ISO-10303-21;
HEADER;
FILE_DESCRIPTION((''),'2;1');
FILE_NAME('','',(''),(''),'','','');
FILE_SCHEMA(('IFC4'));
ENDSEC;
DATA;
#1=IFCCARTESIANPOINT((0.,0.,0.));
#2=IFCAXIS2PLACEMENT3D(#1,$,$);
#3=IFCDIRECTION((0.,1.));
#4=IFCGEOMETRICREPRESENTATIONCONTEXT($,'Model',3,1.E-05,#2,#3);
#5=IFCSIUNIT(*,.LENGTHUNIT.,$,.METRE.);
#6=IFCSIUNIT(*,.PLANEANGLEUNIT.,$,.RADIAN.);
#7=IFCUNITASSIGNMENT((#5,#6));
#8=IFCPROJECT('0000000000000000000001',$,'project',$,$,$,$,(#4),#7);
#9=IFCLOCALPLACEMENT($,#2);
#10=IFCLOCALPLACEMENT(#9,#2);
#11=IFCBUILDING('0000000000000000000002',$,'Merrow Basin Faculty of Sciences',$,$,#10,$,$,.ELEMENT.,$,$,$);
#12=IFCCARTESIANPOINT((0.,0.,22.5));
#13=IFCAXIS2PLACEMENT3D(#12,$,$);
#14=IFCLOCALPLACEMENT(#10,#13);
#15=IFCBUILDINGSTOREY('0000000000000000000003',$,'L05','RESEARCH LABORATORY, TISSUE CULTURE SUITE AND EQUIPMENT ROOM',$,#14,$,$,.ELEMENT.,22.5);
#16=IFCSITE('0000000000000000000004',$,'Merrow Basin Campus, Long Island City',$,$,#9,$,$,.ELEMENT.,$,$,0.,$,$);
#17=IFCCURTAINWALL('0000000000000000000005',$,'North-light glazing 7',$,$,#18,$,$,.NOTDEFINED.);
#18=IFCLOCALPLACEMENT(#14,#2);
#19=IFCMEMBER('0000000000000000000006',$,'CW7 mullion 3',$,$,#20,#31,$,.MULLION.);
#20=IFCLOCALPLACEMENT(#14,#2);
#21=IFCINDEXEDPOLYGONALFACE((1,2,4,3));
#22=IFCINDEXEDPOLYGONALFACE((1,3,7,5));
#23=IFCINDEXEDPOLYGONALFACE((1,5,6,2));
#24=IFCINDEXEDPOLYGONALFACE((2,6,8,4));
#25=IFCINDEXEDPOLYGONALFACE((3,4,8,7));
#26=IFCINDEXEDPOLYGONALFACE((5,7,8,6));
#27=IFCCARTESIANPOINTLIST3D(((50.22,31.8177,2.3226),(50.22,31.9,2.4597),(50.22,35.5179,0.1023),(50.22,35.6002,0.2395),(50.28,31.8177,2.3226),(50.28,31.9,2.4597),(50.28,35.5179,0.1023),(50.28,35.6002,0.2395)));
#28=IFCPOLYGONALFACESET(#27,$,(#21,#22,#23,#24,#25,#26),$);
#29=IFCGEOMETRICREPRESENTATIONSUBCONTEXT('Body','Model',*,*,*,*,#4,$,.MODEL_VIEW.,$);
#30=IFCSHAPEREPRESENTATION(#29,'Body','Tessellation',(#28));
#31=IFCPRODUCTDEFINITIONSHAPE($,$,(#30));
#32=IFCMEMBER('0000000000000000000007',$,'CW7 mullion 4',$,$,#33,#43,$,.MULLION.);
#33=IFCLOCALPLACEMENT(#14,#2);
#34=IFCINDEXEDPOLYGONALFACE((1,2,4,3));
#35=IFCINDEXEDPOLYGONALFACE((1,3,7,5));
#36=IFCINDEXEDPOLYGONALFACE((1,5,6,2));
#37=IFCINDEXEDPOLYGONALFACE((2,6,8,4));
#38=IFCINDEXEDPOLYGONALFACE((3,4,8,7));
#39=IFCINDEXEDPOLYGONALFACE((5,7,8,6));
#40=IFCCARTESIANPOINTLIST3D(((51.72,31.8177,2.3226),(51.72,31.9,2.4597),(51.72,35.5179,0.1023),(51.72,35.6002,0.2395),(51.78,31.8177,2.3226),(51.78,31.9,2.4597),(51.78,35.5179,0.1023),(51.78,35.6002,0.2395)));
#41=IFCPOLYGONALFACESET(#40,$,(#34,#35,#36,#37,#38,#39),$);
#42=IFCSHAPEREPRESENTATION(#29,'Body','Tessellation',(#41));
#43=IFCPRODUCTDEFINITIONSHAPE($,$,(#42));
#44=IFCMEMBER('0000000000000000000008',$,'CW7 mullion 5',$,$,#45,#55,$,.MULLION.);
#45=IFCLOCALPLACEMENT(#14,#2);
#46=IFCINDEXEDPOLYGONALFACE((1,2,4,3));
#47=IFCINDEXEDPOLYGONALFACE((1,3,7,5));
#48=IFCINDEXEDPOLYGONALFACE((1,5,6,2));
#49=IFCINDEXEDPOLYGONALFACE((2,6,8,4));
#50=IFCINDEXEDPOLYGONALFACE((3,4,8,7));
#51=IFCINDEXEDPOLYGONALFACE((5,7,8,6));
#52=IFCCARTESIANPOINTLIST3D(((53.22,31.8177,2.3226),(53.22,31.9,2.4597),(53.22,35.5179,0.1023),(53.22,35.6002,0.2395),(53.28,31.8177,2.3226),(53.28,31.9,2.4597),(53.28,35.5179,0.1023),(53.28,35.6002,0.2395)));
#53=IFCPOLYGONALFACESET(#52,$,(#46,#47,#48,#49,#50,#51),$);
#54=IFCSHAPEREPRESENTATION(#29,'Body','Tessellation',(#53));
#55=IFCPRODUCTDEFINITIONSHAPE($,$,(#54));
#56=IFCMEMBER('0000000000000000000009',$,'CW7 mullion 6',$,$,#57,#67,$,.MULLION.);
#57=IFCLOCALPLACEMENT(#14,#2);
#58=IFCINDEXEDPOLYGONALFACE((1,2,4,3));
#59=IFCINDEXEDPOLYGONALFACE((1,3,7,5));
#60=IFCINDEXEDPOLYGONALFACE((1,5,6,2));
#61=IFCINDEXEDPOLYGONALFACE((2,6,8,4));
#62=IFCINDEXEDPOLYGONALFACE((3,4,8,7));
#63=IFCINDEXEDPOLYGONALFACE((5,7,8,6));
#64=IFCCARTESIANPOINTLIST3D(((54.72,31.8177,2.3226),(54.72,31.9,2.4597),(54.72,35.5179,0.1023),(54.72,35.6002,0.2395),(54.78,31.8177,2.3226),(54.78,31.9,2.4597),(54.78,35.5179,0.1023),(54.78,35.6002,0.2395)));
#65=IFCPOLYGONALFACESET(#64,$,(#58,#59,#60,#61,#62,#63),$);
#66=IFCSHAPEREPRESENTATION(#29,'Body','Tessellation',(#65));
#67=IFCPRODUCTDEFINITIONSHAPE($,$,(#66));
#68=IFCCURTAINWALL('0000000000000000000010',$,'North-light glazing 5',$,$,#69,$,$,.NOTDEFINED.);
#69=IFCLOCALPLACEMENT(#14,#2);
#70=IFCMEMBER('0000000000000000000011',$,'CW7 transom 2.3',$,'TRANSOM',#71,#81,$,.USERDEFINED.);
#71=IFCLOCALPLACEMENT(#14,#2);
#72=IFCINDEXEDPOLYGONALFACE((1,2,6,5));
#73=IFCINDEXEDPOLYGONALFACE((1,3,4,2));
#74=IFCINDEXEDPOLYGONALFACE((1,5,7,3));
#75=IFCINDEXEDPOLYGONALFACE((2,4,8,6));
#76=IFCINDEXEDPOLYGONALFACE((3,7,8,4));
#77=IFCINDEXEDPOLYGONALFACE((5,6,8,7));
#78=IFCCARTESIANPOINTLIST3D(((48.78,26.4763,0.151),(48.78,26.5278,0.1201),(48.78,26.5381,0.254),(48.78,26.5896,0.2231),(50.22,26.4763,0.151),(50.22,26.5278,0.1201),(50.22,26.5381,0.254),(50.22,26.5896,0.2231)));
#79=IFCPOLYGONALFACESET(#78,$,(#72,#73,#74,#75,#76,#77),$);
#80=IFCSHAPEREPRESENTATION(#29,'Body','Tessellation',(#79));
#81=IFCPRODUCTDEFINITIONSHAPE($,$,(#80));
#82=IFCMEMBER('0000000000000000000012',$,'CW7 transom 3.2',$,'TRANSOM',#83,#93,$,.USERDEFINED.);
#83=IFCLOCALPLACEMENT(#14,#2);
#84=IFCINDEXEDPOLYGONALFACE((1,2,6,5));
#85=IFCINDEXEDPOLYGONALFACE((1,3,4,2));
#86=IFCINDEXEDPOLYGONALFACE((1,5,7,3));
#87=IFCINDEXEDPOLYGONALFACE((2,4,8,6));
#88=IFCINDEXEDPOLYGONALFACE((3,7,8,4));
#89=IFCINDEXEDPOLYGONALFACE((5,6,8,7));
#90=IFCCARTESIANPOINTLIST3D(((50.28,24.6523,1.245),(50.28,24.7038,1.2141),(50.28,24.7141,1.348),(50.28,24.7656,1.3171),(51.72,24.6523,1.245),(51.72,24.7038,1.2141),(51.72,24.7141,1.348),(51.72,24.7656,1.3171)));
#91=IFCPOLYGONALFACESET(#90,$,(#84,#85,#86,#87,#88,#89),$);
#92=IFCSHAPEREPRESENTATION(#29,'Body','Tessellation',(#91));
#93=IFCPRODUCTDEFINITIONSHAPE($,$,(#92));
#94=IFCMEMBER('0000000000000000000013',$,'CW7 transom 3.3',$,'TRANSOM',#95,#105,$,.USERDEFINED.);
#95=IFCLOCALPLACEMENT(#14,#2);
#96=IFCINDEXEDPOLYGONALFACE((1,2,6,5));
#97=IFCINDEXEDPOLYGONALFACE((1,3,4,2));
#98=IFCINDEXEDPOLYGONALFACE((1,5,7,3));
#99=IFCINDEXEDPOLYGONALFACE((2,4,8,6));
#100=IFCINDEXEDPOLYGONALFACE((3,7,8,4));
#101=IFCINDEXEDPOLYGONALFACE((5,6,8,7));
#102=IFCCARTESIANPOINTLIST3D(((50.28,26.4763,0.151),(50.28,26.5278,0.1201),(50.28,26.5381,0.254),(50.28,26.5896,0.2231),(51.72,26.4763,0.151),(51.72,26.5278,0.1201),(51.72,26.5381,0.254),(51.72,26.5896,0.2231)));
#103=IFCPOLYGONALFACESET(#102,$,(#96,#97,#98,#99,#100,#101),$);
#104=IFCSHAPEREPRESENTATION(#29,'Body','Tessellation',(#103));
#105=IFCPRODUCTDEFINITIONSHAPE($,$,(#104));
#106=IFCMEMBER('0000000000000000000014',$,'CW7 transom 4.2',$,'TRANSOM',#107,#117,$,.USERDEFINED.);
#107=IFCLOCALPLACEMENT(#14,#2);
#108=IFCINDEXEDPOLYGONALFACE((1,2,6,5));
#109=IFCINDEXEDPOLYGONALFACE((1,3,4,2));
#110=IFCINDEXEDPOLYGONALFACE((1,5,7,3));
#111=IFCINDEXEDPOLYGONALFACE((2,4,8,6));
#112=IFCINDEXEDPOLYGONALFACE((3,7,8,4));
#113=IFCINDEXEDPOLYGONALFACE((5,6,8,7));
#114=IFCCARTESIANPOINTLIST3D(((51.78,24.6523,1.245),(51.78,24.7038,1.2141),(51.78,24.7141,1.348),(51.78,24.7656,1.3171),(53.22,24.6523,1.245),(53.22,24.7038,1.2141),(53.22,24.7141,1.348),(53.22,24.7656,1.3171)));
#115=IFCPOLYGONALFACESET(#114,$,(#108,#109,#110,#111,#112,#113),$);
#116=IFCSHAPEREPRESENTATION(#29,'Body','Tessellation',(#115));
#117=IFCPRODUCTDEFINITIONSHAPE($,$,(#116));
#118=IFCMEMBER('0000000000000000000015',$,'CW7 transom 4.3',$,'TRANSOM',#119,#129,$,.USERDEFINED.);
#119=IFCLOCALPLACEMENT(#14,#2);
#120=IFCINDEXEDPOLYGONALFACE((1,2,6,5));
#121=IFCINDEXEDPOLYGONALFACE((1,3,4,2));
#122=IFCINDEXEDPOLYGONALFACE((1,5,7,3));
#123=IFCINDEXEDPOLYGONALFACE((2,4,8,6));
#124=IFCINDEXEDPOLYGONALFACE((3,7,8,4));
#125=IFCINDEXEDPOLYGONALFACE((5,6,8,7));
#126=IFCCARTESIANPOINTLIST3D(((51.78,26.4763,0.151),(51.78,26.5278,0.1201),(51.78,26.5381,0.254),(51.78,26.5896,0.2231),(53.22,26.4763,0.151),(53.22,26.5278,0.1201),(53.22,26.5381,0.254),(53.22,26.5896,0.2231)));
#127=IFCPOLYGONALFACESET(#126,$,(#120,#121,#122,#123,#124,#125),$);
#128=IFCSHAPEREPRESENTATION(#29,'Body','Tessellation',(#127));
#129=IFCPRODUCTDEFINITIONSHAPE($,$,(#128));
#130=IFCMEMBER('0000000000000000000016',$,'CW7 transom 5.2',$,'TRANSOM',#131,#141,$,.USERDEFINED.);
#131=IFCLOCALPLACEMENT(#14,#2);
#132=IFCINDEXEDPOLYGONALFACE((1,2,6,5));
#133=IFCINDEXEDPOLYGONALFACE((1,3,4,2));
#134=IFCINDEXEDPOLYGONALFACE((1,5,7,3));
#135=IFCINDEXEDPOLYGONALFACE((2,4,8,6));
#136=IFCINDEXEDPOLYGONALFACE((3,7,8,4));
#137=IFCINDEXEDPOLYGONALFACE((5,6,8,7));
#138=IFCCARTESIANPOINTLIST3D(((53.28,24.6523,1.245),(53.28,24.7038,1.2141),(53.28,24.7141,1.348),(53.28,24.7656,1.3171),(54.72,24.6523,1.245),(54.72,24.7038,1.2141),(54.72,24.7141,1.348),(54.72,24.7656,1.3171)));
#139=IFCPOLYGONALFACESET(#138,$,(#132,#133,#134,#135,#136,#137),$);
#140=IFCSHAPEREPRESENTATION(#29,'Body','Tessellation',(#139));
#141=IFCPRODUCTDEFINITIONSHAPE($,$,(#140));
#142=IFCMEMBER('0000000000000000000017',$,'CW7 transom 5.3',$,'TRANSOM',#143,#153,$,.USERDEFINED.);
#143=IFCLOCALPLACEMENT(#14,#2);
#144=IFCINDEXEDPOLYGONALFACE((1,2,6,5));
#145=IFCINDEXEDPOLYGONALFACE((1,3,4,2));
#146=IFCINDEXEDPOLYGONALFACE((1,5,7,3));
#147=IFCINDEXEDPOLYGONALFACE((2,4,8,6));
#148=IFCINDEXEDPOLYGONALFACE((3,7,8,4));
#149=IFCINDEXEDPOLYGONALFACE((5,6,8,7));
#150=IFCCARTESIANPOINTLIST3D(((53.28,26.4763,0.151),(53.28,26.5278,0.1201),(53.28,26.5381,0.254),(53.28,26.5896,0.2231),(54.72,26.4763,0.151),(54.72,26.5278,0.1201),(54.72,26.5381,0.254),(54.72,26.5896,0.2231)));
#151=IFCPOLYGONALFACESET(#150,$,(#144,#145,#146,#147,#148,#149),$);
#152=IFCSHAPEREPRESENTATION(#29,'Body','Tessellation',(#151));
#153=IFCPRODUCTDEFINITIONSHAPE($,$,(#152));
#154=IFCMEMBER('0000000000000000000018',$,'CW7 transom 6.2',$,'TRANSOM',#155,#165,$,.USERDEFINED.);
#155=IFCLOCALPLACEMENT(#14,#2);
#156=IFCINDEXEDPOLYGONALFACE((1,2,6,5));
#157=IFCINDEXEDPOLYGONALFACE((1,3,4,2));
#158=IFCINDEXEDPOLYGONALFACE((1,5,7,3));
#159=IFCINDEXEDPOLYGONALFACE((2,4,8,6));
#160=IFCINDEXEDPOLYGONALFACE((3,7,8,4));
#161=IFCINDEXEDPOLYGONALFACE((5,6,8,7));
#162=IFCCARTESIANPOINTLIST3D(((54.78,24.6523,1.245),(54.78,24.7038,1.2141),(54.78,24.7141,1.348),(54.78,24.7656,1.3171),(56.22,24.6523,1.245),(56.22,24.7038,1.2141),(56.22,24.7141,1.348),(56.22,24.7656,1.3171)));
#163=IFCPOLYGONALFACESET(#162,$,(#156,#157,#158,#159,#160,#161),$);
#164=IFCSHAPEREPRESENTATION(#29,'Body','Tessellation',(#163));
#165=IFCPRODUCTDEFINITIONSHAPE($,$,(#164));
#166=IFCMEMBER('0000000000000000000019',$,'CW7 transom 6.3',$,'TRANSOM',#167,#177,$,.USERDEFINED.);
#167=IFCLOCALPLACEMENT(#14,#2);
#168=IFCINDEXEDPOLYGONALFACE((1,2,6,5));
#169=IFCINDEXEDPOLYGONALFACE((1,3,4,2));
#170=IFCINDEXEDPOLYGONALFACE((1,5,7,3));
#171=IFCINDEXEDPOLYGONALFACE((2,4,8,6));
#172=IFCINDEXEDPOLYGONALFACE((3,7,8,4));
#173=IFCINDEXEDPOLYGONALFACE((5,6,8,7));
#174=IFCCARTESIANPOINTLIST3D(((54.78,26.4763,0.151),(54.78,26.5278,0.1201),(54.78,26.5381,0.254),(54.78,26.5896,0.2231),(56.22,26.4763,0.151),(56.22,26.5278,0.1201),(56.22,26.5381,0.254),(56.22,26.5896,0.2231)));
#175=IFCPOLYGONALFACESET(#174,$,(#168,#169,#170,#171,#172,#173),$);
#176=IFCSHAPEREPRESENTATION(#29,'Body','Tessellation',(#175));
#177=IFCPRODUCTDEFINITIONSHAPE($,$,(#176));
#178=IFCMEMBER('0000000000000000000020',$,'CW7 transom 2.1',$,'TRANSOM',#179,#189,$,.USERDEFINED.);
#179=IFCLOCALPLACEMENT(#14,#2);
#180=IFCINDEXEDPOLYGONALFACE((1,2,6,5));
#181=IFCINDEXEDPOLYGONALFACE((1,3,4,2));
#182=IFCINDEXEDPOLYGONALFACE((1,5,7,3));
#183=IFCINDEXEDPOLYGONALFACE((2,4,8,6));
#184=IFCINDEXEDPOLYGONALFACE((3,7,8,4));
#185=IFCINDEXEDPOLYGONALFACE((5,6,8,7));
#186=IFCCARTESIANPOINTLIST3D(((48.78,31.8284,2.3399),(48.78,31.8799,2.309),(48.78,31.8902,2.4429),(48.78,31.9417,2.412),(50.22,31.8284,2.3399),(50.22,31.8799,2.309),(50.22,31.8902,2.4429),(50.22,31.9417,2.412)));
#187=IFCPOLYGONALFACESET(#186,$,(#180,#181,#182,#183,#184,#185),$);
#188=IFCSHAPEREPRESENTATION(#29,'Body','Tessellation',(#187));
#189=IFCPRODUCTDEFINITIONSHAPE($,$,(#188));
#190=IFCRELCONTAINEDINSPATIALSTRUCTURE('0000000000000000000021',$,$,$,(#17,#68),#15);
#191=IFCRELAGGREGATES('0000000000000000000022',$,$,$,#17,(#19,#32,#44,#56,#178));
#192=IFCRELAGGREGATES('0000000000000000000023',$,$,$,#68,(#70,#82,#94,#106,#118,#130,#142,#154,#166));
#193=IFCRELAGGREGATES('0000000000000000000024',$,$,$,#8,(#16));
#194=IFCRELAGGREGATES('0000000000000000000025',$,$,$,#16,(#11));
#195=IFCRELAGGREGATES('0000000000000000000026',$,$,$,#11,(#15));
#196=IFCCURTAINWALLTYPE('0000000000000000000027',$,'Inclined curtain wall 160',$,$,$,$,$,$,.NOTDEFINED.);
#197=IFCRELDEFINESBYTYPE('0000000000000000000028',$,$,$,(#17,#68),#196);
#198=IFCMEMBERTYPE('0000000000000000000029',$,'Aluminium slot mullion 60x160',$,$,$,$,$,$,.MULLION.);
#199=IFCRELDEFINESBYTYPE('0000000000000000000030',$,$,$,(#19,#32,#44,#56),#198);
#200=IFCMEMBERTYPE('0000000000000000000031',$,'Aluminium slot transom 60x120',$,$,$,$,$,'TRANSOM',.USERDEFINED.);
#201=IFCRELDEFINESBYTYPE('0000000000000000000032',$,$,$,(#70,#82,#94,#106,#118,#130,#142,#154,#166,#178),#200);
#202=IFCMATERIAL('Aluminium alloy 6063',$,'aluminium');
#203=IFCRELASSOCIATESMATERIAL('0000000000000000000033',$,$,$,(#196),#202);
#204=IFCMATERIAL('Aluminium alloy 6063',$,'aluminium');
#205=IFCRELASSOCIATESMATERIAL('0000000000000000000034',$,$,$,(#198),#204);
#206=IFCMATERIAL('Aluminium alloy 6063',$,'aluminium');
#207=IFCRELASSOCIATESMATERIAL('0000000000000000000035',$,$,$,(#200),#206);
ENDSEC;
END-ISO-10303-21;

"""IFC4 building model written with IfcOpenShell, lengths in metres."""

from ifc_helpers import new_model, si_unit, direction, frame, origin, origin_2d, place, context, subcontext, project, spatial, rectangle, extrude, material, material_profile, profile_set, type_object, element, aggregate, save


model = new_model("IFC4")

# Units and contexts
model_context = context("Model", 3, precision=1e-05, world=origin(), true_north=direction((0.0, 1.0)))
body_context = subcontext(model_context, "Body", "Model", "MODEL_VIEW")
ifc_project = project(units=[si_unit("LENGTHUNIT", "METRE"), si_unit("PLANEANGLEUNIT", "RADIAN")], contexts=[model_context])

# Site, building, storey
site_placement = place(None, origin())
site = spatial("IfcSite", under=ifc_project, at=site_placement, Name="Merrow Basin Campus, Long Island City", CompositionType="ELEMENT", RefElevation=0.0)
building_placement = place(site_placement, origin())
building = spatial("IfcBuilding", under=site, at=building_placement, Name="Merrow Basin Faculty of Sciences", CompositionType="ELEMENT")
storey_placement = place(building_placement, frame((0.0, 0.0, 22.5)))
storey = spatial("IfcBuildingStorey", under=building, at=storey_placement, Name="L05", Description="RESEARCH LABORATORY, TISSUE CULTURE SUITE AND EQUIPMENT ROOM", CompositionType="ELEMENT", Elevation=22.5)

# Curtain walls, members
ifc_material_1 = material(Name="Aluminium alloy 6063", Category="aluminium")
curtain_wall_type = type_object("IfcCurtainWallType", Name="Inclined curtain wall 160", PredefinedType="NOTDEFINED", material=ifc_material_1)
curtain_wall_1_placement = place(storey_placement, origin())
curtain_wall_1 = element("IfcCurtainWall", 1, at=curtain_wall_1_placement, inside=storey, type_object=curtain_wall_type, Name="North-light glazing 7", PredefinedType="NOTDEFINED")
ifc_material_2 = material(Name="Aluminium alloy 6063", Category="aluminium")
ifc_material_profile_1 = material_profile(ifc_material_2, rectangle(XDim=0.0601, YDim=0.1599, at=origin_2d()))
ifc_profile_set_1 = profile_set([ifc_material_profile_1], Name="Aluminium alloy 6063")
member_type_1 = type_object("IfcMemberType", Name="Aluminium slot mullion 60x160", PredefinedType="MULLION", material=ifc_profile_set_1)
member_1_placement = place(storey_placement, frame((50.25, 31.8589, 2.3911), z_axis=(0.0, 0.857483, -0.514512), x_axis=(-1.0, 0.0, 0.0)))
member_1 = element("IfcMember", 2, at=member_1_placement, type_object=member_type_1, Name="CW7 mullion 3", PredefinedType="MULLION", context=body_context, shape_type="SweptSolid", body=[
    extrude(rectangle(XDim=0.0601, YDim=0.1599, at=origin_2d()), origin(), (0.0, 0.0, 1.0), 4.3152),
])
member_2_placement = place(storey_placement, frame((51.75, 31.8589, 2.3911), z_axis=(0.0, 0.857483, -0.514512), x_axis=(-1.0, 0.0, 0.0)))
member_2 = element("IfcMember", 3, at=member_2_placement, type_object=member_type_1, Name="CW7 mullion 4", PredefinedType="MULLION", context=body_context, shape_type="SweptSolid", body=[
    extrude(rectangle(XDim=0.0601, YDim=0.1599, at=origin_2d()), origin(), (0.0, 0.0, 1.0), 4.3152),
])
member_3_placement = place(storey_placement, frame((53.25, 31.8589, 2.3911), z_axis=(0.0, 0.857483, -0.514512), x_axis=(-1.0, 0.0, 0.0)))
member_3 = element("IfcMember", 4, at=member_3_placement, type_object=member_type_1, Name="CW7 mullion 5", PredefinedType="MULLION", context=body_context, shape_type="SweptSolid", body=[
    extrude(rectangle(XDim=0.0601, YDim=0.1599, at=origin_2d()), origin(), (0.0, 0.0, 1.0), 4.3152),
])
member_4_placement = place(storey_placement, frame((54.75, 31.8589, 2.3911), z_axis=(0.0, 0.857483, -0.514512), x_axis=(-1.0, 0.0, 0.0)))
member_4 = element("IfcMember", 5, at=member_4_placement, type_object=member_type_1, Name="CW7 mullion 6", PredefinedType="MULLION", context=body_context, shape_type="SweptSolid", body=[
    extrude(rectangle(XDim=0.0601, YDim=0.1599, at=origin_2d()), origin(), (0.0, 0.0, 1.0), 4.3152),
])
curtain_wall_2_placement = place(storey_placement, origin())
curtain_wall_2 = element("IfcCurtainWall", 6, at=curtain_wall_2_placement, inside=storey, type_object=curtain_wall_type, Name="North-light glazing 5", PredefinedType="NOTDEFINED")
ifc_material_3 = material(Name="Aluminium alloy 6063", Category="aluminium")
ifc_material_profile_2 = material_profile(ifc_material_3, rectangle(XDim=0.0601, YDim=0.1201, at=origin_2d()))
ifc_profile_set_2 = profile_set([ifc_material_profile_2], Name="Aluminium alloy 6063")
member_type_2 = type_object("IfcMemberType", Name="Aluminium slot transom 60x120", ElementType="TRANSOM", PredefinedType="USERDEFINED", material=ifc_profile_set_2)
member_5_placement = place(storey_placement, frame((48.78, 26.533, 0.187), z_axis=(1.0, 0.0, 0.0), x_axis=(0.0, 0.857493, -0.514496)))
member_5 = element("IfcMember", 7, at=member_5_placement, type_object=member_type_2, Name="CW7 transom 2.3", ObjectType="TRANSOM", PredefinedType="USERDEFINED", context=body_context, shape_type="SweptSolid", body=[
    extrude(rectangle(XDim=0.0601, YDim=0.1201, at=origin_2d()), origin(), (0.0, 0.0, 1.0), 1.4399),
])
member_6_placement = place(storey_placement, frame((50.28, 24.709, 1.281), z_axis=(1.0, 0.0, 0.0), x_axis=(0.0, 0.857493, -0.514496)))
member_6 = element("IfcMember", 8, at=member_6_placement, type_object=member_type_2, Name="CW7 transom 3.2", ObjectType="TRANSOM", PredefinedType="USERDEFINED", context=body_context, shape_type="SweptSolid", body=[
    extrude(rectangle(XDim=0.0601, YDim=0.1201, at=origin_2d()), origin(), (0.0, 0.0, 1.0), 1.4399),
])
member_7_placement = place(storey_placement, frame((50.28, 26.533, 0.187), z_axis=(1.0, 0.0, 0.0), x_axis=(0.0, 0.857493, -0.514496)))
member_7 = element("IfcMember", 9, at=member_7_placement, type_object=member_type_2, Name="CW7 transom 3.3", ObjectType="TRANSOM", PredefinedType="USERDEFINED", context=body_context, shape_type="SweptSolid", body=[
    extrude(rectangle(XDim=0.0601, YDim=0.1201, at=origin_2d()), origin(), (0.0, 0.0, 1.0), 1.4399),
])
member_8_placement = place(storey_placement, frame((51.78, 24.709, 1.281), z_axis=(1.0, 0.0, 0.0), x_axis=(0.0, 0.857493, -0.514496)))
member_8 = element("IfcMember", 10, at=member_8_placement, type_object=member_type_2, Name="CW7 transom 4.2", ObjectType="TRANSOM", PredefinedType="USERDEFINED", context=body_context, shape_type="SweptSolid", body=[
    extrude(rectangle(XDim=0.0601, YDim=0.1201, at=origin_2d()), origin(), (0.0, 0.0, 1.0), 1.4399),
])
member_9_placement = place(storey_placement, frame((51.78, 26.533, 0.187), z_axis=(1.0, 0.0, 0.0), x_axis=(0.0, 0.857493, -0.514496)))
member_9 = element("IfcMember", 11, at=member_9_placement, type_object=member_type_2, Name="CW7 transom 4.3", ObjectType="TRANSOM", PredefinedType="USERDEFINED", context=body_context, shape_type="SweptSolid", body=[
    extrude(rectangle(XDim=0.0601, YDim=0.1201, at=origin_2d()), origin(), (0.0, 0.0, 1.0), 1.4399),
])
member_10_placement = place(storey_placement, frame((53.28, 24.709, 1.281), z_axis=(1.0, 0.0, 0.0), x_axis=(0.0, 0.857493, -0.514496)))
member_10 = element("IfcMember", 12, at=member_10_placement, type_object=member_type_2, Name="CW7 transom 5.2", ObjectType="TRANSOM", PredefinedType="USERDEFINED", context=body_context, shape_type="SweptSolid", body=[
    extrude(rectangle(XDim=0.0601, YDim=0.1201, at=origin_2d()), origin(), (0.0, 0.0, 1.0), 1.4399),
])
member_11_placement = place(storey_placement, frame((53.28, 26.533, 0.187), z_axis=(1.0, 0.0, 0.0), x_axis=(0.0, 0.857493, -0.514496)))
member_11 = element("IfcMember", 13, at=member_11_placement, type_object=member_type_2, Name="CW7 transom 5.3", ObjectType="TRANSOM", PredefinedType="USERDEFINED", context=body_context, shape_type="SweptSolid", body=[
    extrude(rectangle(XDim=0.0601, YDim=0.1201, at=origin_2d()), origin(), (0.0, 0.0, 1.0), 1.4399),
])
member_12_placement = place(storey_placement, frame((54.78, 24.709, 1.281), z_axis=(1.0, 0.0, 0.0), x_axis=(0.0, 0.857493, -0.514496)))
member_12 = element("IfcMember", 14, at=member_12_placement, type_object=member_type_2, Name="CW7 transom 6.2", ObjectType="TRANSOM", PredefinedType="USERDEFINED", context=body_context, shape_type="SweptSolid", body=[
    extrude(rectangle(XDim=0.0601, YDim=0.1201, at=origin_2d()), origin(), (0.0, 0.0, 1.0), 1.4399),
])
member_13_placement = place(storey_placement, frame((54.78, 26.533, 0.187), z_axis=(1.0, 0.0, 0.0), x_axis=(0.0, 0.857493, -0.514496)))
member_13 = element("IfcMember", 15, at=member_13_placement, type_object=member_type_2, Name="CW7 transom 6.3", ObjectType="TRANSOM", PredefinedType="USERDEFINED", context=body_context, shape_type="SweptSolid", body=[
    extrude(rectangle(XDim=0.0601, YDim=0.1201, at=origin_2d()), origin(), (0.0, 0.0, 1.0), 1.4399),
])

# Member
member_14_placement = place(storey_placement, frame((48.78, 31.885, 2.376), z_axis=(1.0, 0.0, 0.0), x_axis=(0.0, 0.857493, -0.514496)))
member_14 = element("IfcMember", 16, at=member_14_placement, type_object=member_type_2, Name="CW7 transom 2.1", ObjectType="TRANSOM", PredefinedType="USERDEFINED", context=body_context, shape_type="SweptSolid", body=[
    extrude(rectangle(XDim=0.0601, YDim=0.1201, at=origin_2d()), origin(), (0.0, 0.0, 1.0), 1.4399),
])
aggregate(curtain_wall_1, [member_1, member_2, member_3, member_4, member_14])

aggregate(curtain_wall_2, [member_5, member_6, member_7, member_8, member_9, member_10, member_11, member_12, member_13])

save(model, "model.ifc")
